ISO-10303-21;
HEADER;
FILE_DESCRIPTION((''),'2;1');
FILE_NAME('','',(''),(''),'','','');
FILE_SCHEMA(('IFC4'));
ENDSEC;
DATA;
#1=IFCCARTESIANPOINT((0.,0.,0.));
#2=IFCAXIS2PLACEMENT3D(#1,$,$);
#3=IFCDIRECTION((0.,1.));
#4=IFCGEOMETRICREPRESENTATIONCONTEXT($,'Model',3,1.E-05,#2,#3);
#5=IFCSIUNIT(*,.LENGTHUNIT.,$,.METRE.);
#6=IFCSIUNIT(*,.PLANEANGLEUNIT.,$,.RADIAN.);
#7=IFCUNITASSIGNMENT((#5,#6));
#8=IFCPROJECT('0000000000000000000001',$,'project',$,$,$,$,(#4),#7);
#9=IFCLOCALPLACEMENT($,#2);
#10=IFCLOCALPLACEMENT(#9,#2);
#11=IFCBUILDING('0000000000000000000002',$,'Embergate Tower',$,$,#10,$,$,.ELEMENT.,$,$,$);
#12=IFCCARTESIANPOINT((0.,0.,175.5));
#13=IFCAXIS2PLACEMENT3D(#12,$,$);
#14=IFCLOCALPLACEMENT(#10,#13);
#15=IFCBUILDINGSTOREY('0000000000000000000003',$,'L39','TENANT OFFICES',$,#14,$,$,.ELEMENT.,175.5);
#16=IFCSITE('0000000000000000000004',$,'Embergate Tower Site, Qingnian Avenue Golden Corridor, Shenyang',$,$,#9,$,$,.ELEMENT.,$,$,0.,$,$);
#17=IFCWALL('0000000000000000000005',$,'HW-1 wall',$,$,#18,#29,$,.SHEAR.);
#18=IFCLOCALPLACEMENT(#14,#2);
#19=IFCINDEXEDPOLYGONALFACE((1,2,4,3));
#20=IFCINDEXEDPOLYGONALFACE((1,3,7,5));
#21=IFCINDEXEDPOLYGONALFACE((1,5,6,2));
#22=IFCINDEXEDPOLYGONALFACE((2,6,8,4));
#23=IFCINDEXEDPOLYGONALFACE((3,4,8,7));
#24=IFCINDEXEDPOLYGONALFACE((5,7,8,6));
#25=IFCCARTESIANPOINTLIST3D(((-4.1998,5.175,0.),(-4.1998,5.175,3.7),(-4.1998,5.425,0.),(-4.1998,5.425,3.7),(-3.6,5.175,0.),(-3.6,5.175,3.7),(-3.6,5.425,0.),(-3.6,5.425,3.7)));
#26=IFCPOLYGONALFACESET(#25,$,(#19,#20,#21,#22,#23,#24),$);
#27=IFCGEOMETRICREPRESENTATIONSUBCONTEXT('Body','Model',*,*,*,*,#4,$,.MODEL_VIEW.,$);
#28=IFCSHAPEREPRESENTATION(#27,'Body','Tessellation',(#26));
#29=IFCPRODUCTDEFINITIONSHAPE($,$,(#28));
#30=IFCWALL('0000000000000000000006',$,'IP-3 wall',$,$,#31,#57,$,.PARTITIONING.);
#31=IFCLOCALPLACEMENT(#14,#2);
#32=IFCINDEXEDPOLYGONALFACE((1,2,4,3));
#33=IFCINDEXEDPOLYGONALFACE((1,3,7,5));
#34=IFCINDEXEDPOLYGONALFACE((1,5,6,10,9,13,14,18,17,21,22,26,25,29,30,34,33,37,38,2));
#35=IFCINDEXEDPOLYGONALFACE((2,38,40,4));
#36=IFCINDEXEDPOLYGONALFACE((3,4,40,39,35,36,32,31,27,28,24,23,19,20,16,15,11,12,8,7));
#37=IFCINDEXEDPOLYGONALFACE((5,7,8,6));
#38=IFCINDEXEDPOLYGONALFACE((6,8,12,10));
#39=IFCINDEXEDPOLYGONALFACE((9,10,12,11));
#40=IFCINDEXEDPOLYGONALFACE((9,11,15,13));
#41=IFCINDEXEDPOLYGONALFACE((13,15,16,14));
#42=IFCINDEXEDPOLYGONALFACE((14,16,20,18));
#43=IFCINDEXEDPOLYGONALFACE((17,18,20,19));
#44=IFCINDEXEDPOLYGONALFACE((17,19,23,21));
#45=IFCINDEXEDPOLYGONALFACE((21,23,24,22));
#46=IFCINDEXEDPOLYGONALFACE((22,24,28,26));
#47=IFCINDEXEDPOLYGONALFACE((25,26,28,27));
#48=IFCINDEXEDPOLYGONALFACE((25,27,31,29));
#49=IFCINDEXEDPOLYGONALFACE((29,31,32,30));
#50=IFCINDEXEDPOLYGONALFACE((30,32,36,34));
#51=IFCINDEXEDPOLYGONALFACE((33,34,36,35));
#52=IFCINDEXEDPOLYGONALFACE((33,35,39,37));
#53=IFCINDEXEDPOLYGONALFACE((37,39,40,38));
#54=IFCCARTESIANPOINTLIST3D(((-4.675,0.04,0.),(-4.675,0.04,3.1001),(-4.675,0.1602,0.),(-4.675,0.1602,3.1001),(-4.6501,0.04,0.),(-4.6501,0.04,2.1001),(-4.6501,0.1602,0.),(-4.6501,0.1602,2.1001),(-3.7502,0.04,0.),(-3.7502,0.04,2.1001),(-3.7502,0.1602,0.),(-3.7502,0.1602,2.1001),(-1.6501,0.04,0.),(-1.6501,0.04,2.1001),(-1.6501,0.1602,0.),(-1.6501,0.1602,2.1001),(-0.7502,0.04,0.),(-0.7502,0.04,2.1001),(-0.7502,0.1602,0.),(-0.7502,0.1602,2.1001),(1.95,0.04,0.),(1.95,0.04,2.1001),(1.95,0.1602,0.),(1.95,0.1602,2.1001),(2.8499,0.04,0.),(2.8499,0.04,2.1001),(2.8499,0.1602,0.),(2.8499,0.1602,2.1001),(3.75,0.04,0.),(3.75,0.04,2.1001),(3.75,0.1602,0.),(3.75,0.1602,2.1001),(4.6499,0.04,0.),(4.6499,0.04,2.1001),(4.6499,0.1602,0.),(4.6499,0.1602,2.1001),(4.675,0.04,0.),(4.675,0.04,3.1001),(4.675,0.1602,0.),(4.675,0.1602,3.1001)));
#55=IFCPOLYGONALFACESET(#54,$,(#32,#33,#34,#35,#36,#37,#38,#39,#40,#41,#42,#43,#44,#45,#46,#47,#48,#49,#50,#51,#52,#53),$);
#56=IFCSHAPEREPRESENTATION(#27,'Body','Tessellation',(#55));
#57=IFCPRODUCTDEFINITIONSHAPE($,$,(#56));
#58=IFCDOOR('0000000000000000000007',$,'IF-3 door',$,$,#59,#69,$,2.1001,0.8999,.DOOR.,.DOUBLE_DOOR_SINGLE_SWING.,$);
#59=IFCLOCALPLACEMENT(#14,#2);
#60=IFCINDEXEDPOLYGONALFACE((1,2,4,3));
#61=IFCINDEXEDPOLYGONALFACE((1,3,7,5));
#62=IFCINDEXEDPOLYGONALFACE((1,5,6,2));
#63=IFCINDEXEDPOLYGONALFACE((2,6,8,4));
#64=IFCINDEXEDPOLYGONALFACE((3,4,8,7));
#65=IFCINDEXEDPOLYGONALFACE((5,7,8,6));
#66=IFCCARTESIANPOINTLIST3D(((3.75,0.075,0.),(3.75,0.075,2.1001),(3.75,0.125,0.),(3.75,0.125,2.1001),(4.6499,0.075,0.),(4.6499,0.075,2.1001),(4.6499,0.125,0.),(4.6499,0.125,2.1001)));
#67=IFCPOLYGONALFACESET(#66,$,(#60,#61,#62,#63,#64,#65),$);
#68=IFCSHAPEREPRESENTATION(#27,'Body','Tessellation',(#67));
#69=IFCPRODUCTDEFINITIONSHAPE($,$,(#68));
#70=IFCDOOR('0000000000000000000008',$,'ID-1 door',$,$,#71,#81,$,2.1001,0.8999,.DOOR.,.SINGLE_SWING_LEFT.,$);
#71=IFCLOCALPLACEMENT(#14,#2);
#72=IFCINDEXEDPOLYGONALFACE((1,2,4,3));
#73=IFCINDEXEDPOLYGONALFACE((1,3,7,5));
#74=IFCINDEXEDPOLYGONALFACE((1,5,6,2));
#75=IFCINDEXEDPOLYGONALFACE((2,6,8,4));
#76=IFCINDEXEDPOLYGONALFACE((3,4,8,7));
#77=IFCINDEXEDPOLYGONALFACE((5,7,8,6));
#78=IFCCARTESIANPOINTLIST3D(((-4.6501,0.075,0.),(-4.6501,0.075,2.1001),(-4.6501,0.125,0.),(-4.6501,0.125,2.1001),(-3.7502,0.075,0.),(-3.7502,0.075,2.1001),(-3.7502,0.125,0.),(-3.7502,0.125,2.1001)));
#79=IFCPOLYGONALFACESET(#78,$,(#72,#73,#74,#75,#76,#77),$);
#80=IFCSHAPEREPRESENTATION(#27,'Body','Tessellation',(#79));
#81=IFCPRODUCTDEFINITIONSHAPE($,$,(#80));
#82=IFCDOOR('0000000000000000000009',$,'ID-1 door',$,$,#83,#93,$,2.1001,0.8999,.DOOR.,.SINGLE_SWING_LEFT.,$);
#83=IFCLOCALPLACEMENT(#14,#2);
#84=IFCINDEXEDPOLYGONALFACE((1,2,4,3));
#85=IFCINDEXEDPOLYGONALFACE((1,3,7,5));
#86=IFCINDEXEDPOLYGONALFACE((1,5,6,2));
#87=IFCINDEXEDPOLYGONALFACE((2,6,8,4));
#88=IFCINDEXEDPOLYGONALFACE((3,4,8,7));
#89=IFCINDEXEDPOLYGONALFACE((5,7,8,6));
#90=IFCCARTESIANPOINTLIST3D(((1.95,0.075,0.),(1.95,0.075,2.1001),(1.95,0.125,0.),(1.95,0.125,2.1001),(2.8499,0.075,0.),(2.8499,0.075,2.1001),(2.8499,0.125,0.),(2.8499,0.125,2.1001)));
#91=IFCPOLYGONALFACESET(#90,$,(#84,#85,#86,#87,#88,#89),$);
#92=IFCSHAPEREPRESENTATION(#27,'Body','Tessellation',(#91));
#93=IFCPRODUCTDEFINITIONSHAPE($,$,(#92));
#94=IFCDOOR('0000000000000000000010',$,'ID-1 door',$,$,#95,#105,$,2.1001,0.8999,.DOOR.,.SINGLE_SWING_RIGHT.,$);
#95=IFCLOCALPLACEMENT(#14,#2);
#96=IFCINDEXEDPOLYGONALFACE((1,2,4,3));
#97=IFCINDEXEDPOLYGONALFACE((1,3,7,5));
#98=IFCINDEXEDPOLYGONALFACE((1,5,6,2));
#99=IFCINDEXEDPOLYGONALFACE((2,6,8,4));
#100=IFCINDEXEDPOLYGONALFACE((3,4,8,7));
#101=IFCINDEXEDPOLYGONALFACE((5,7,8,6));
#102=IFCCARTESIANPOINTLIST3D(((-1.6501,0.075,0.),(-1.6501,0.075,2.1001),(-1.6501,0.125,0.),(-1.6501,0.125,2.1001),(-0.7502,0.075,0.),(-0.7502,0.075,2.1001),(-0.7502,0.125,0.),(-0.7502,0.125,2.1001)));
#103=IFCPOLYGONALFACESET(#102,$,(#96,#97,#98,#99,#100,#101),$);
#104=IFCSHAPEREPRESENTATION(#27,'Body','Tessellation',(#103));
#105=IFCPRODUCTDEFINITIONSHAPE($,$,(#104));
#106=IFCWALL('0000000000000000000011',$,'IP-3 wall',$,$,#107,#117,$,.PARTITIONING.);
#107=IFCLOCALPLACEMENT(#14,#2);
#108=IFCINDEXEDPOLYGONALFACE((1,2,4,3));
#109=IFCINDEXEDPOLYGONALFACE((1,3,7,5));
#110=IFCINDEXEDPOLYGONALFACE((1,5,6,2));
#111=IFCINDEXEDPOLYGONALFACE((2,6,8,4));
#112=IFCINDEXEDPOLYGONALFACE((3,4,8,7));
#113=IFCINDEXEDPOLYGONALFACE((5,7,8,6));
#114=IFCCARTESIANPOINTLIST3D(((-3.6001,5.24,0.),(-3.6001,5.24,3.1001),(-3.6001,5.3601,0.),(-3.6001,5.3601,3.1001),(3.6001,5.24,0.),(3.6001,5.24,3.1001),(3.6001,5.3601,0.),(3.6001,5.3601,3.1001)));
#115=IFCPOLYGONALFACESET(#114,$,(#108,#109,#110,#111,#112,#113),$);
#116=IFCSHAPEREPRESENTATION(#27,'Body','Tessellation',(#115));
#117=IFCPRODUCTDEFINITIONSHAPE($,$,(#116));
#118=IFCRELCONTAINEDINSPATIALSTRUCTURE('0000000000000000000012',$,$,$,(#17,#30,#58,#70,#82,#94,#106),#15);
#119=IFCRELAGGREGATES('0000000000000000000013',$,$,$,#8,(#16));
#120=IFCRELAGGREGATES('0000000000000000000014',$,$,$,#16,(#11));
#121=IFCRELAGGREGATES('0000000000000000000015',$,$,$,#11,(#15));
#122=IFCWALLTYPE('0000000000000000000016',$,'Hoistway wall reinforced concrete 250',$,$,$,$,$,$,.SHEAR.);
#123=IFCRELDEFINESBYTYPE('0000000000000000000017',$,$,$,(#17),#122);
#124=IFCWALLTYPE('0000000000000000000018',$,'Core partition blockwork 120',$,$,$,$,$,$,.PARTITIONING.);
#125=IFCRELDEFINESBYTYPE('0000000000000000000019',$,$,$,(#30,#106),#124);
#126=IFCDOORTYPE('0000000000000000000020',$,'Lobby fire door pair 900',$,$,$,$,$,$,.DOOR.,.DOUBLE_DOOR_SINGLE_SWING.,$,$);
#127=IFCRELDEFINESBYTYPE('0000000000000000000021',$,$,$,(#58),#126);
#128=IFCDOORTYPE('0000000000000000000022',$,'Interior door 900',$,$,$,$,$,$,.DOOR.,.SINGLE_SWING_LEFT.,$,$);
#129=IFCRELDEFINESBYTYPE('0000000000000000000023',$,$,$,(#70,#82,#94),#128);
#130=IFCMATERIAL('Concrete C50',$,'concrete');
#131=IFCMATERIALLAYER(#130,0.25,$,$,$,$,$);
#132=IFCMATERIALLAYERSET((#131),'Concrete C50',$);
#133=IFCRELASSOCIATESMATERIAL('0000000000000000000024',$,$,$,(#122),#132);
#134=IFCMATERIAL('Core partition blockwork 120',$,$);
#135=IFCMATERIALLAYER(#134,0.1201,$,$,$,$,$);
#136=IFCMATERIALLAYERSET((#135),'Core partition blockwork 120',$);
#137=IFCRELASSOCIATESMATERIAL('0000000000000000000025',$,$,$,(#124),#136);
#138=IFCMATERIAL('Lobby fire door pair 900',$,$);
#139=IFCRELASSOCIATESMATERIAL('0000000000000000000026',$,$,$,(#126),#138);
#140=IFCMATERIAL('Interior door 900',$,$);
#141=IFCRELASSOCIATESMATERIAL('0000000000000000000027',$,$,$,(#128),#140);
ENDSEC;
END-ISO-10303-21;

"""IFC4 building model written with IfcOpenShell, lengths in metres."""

from ifc_helpers import new_model, si_unit, direction, frame, frame_2d, origin, place, context, subcontext, project, spatial, rectangle, extrude, source, transform, mapped, material, layer, layer_set, type_object, element, fill, save


model = new_model("IFC4")

# Units and contexts
model_context = context("Model", 3, precision=1e-05, world=origin(), true_north=direction((0.0, 1.0)))
body_context = subcontext(model_context, "Body", "Model", "MODEL_VIEW")
ifc_project = project(units=[si_unit("LENGTHUNIT", "METRE"), si_unit("PLANEANGLEUNIT", "RADIAN")], contexts=[model_context])

# Site, building, storey
site_placement = place(None, origin())
site = spatial("IfcSite", under=ifc_project, at=site_placement, Name="Embergate Tower Site, Qingnian Avenue Golden Corridor, Shenyang", CompositionType="ELEMENT", RefElevation=0.0)
building_placement = place(site_placement, origin())
building = spatial("IfcBuilding", under=site, at=building_placement, Name="Embergate Tower", CompositionType="ELEMENT")
storey_placement = place(building_placement, frame((0.0, 0.0, 175.5)))
storey = spatial("IfcBuildingStorey", under=building, at=storey_placement, Name="L39", Description="TENANT OFFICES", CompositionType="ELEMENT", Elevation=175.5)

# Shared definitions
ifc_material_1 = material(Name="Concrete C50", Category="concrete")
ifc_layer_1 = layer(ifc_material_1, 0.25)
ifc_layer_set_1 = layer_set([ifc_layer_1], Name="Concrete C50")
wall_type_1 = type_object("IfcWallType", Name="Hoistway wall reinforced concrete 250", PredefinedType="SHEAR", material=ifc_layer_set_1)

# Shared definitions
ifc_material_2 = material(Name="Core partition blockwork 120")
ifc_layer_2 = layer(ifc_material_2, 0.1201)
ifc_layer_set_2 = layer_set([ifc_layer_2], Name="Core partition blockwork 120")
wall_type_2 = type_object("IfcWallType", Name="Core partition blockwork 120", PredefinedType="PARTITIONING", material=ifc_layer_set_2)

# Wall
shared_shape_1 = source(origin(), body_context, "Body", "SweptSolid", [
    extrude(rectangle(XDim=0.5999, YDim=0.25, at=frame_2d((0.2998, 0.0))), origin(), (0.0, 0.0, 1.0), 3.7),
])
wall_1_placement = place(storey_placement, frame((-3.6001, 5.3, 0.0), z_axis=(0.0, 0.0, 1.0), x_axis=(-1.0, 0.0, 0.0)))
element("IfcWall", 1, at=wall_1_placement, inside=storey, type_object=wall_type_1, Name="HW-1 wall", PredefinedType="SHEAR", context=body_context, shape_type="MappedRepresentation", body=[
    mapped(shared_shape_1, transform((0.0, 0.0, 0.0))),
])

# Wall, openings, doors
shared_shape_2 = source(origin(), body_context, "Body", "SweptSolid", [
    extrude(rectangle(XDim=9.3501, YDim=0.1201, at=frame_2d((4.675, 0.0))), origin(), (0.0, 0.0, 1.0), 3.1001),
])
wall_2_placement = place(storey_placement, frame((-4.675, 0.1001, 0.0), z_axis=(0.0, 0.0, 1.0), x_axis=(1.0, 0.0, 0.0)))
wall_2 = element("IfcWall", 2, at=wall_2_placement, inside=storey, type_object=wall_type_2, Name="IP-3 wall", PredefinedType="PARTITIONING", context=body_context, shape_type="MappedRepresentation", body=[
    mapped(shared_shape_2, transform((0.0, 0.0, 0.0))),
])
shared_shape_3 = source(origin(), body_context, "Body", "SweptSolid", [
    extrude(rectangle(XDim=0.8999, YDim=2.1001, at=frame_2d((0.45, 1.05))), frame((0.0, 0.0701, 0.0), z_axis=(0.0, -1.0, 0.0), x_axis=(1.0, 0.0, 0.0)), (0.0, 0.0, 1.0), 0.1401),
])
opening_1_placement = place(wall_2_placement, frame((8.425, 0.0, 0.0)))
opening_1 = element("IfcOpeningElement", 3, at=opening_1_placement, cuts=wall_2, PredefinedType="OPENING", context=body_context, shape_type="MappedRepresentation", body=[
    mapped(shared_shape_3, transform((0.0, 0.0, 0.0))),
])
opening_2_placement = place(wall_2_placement, frame((0.0249, 0.0, 0.0)))
opening_2 = element("IfcOpeningElement", 4, at=opening_2_placement, cuts=wall_2, PredefinedType="OPENING", context=body_context, shape_type="MappedRepresentation", body=[
    mapped(shared_shape_3, transform((0.0, 0.0, 0.0))),
])
opening_3_placement = place(wall_2_placement, frame((6.625, 0.0, 0.0)))
opening_3 = element("IfcOpeningElement", 5, at=opening_3_placement, cuts=wall_2, PredefinedType="OPENING", context=body_context, shape_type="MappedRepresentation", body=[
    mapped(shared_shape_3, transform((0.0, 0.0, 0.0))),
])
opening_4_placement = place(wall_2_placement, frame((3.0249, 0.0, 0.0)))
opening_4 = element("IfcOpeningElement", 6, at=opening_4_placement, cuts=wall_2, PredefinedType="OPENING", context=body_context, shape_type="MappedRepresentation", body=[
    mapped(shared_shape_3, transform((0.0, 0.0, 0.0))),
])
ifc_material_3 = material(Name="Lobby fire door pair 900")
door_type_1 = type_object("IfcDoorType", Name="Lobby fire door pair 900", OperationType="DOUBLE_DOOR_SINGLE_SWING", PredefinedType="DOOR", material=ifc_material_3)
shared_shape_4 = source(origin(), body_context, "Body", "SweptSolid", [
    extrude(rectangle(XDim=0.8999, YDim=2.1001, at=frame_2d((0.45, 1.05))), frame((0.0, 0.0249, 0.0), z_axis=(0.0, -1.0, 0.0), x_axis=(1.0, 0.0, 0.0)), (0.0, 0.0, 1.0), 0.05),
])
door_1_placement = place(opening_1_placement, origin())
door_1 = element("IfcDoor", 7, at=door_1_placement, inside=storey, type_object=door_type_1, Name="IF-3 door", OperationType="DOUBLE_DOOR_SINGLE_SWING", OverallHeight=2.1001, OverallWidth=0.8999, PredefinedType="DOOR", context=body_context, shape_type="MappedRepresentation", body=[
    mapped(shared_shape_4, transform((0.0, 0.0, 0.0))),
])
fill(opening_1, door_1)
ifc_material_4 = material(Name="Interior door 900")
door_type_2 = type_object("IfcDoorType", Name="Interior door 900", OperationType="SINGLE_SWING_LEFT", PredefinedType="DOOR", material=ifc_material_4)
door_2_placement = place(opening_2_placement, origin())
door_2 = element("IfcDoor", 8, at=door_2_placement, inside=storey, type_object=door_type_2, Name="ID-1 door", OperationType="SINGLE_SWING_LEFT", OverallHeight=2.1001, OverallWidth=0.8999, PredefinedType="DOOR", context=body_context, shape_type="MappedRepresentation", body=[
    mapped(shared_shape_4, transform((0.0, 0.0, 0.0))),
])
fill(opening_2, door_2)
door_3_placement = place(opening_3_placement, origin())
door_3 = element("IfcDoor", 9, at=door_3_placement, inside=storey, type_object=door_type_2, Name="ID-1 door", OperationType="SINGLE_SWING_LEFT", OverallHeight=2.1001, OverallWidth=0.8999, PredefinedType="DOOR", context=body_context, shape_type="MappedRepresentation", body=[
    mapped(shared_shape_4, transform((0.0, 0.0, 0.0))),
])
fill(opening_3, door_3)
door_4_placement = place(opening_4_placement, origin())
door_4 = element("IfcDoor", 10, at=door_4_placement, inside=storey, type_object=door_type_2, Name="ID-1 door", OperationType="SINGLE_SWING_RIGHT", OverallHeight=2.1001, OverallWidth=0.8999, PredefinedType="DOOR", context=body_context, shape_type="MappedRepresentation", body=[
    mapped(shared_shape_4, transform((0.0, 0.0, 0.0))),
])
fill(opening_4, door_4)

# Wall
shared_shape_5 = source(origin(), body_context, "Body", "SweptSolid", [
    extrude(rectangle(XDim=7.2002, YDim=0.1201, at=frame_2d((3.6001, 0.0))), origin(), (0.0, 0.0, 1.0), 3.1001),
])
wall_3_placement = place(storey_placement, frame((-3.6001, 5.3, 0.0), z_axis=(0.0, 0.0, 1.0), x_axis=(1.0, 0.0, 0.0)))
element("IfcWall", 11, at=wall_3_placement, inside=storey, type_object=wall_type_2, Name="IP-3 wall", PredefinedType="PARTITIONING", context=body_context, shape_type="MappedRepresentation", body=[
    mapped(shared_shape_5, transform((0.0, 0.0, 0.0))),
])

save(model, "model.ifc")
